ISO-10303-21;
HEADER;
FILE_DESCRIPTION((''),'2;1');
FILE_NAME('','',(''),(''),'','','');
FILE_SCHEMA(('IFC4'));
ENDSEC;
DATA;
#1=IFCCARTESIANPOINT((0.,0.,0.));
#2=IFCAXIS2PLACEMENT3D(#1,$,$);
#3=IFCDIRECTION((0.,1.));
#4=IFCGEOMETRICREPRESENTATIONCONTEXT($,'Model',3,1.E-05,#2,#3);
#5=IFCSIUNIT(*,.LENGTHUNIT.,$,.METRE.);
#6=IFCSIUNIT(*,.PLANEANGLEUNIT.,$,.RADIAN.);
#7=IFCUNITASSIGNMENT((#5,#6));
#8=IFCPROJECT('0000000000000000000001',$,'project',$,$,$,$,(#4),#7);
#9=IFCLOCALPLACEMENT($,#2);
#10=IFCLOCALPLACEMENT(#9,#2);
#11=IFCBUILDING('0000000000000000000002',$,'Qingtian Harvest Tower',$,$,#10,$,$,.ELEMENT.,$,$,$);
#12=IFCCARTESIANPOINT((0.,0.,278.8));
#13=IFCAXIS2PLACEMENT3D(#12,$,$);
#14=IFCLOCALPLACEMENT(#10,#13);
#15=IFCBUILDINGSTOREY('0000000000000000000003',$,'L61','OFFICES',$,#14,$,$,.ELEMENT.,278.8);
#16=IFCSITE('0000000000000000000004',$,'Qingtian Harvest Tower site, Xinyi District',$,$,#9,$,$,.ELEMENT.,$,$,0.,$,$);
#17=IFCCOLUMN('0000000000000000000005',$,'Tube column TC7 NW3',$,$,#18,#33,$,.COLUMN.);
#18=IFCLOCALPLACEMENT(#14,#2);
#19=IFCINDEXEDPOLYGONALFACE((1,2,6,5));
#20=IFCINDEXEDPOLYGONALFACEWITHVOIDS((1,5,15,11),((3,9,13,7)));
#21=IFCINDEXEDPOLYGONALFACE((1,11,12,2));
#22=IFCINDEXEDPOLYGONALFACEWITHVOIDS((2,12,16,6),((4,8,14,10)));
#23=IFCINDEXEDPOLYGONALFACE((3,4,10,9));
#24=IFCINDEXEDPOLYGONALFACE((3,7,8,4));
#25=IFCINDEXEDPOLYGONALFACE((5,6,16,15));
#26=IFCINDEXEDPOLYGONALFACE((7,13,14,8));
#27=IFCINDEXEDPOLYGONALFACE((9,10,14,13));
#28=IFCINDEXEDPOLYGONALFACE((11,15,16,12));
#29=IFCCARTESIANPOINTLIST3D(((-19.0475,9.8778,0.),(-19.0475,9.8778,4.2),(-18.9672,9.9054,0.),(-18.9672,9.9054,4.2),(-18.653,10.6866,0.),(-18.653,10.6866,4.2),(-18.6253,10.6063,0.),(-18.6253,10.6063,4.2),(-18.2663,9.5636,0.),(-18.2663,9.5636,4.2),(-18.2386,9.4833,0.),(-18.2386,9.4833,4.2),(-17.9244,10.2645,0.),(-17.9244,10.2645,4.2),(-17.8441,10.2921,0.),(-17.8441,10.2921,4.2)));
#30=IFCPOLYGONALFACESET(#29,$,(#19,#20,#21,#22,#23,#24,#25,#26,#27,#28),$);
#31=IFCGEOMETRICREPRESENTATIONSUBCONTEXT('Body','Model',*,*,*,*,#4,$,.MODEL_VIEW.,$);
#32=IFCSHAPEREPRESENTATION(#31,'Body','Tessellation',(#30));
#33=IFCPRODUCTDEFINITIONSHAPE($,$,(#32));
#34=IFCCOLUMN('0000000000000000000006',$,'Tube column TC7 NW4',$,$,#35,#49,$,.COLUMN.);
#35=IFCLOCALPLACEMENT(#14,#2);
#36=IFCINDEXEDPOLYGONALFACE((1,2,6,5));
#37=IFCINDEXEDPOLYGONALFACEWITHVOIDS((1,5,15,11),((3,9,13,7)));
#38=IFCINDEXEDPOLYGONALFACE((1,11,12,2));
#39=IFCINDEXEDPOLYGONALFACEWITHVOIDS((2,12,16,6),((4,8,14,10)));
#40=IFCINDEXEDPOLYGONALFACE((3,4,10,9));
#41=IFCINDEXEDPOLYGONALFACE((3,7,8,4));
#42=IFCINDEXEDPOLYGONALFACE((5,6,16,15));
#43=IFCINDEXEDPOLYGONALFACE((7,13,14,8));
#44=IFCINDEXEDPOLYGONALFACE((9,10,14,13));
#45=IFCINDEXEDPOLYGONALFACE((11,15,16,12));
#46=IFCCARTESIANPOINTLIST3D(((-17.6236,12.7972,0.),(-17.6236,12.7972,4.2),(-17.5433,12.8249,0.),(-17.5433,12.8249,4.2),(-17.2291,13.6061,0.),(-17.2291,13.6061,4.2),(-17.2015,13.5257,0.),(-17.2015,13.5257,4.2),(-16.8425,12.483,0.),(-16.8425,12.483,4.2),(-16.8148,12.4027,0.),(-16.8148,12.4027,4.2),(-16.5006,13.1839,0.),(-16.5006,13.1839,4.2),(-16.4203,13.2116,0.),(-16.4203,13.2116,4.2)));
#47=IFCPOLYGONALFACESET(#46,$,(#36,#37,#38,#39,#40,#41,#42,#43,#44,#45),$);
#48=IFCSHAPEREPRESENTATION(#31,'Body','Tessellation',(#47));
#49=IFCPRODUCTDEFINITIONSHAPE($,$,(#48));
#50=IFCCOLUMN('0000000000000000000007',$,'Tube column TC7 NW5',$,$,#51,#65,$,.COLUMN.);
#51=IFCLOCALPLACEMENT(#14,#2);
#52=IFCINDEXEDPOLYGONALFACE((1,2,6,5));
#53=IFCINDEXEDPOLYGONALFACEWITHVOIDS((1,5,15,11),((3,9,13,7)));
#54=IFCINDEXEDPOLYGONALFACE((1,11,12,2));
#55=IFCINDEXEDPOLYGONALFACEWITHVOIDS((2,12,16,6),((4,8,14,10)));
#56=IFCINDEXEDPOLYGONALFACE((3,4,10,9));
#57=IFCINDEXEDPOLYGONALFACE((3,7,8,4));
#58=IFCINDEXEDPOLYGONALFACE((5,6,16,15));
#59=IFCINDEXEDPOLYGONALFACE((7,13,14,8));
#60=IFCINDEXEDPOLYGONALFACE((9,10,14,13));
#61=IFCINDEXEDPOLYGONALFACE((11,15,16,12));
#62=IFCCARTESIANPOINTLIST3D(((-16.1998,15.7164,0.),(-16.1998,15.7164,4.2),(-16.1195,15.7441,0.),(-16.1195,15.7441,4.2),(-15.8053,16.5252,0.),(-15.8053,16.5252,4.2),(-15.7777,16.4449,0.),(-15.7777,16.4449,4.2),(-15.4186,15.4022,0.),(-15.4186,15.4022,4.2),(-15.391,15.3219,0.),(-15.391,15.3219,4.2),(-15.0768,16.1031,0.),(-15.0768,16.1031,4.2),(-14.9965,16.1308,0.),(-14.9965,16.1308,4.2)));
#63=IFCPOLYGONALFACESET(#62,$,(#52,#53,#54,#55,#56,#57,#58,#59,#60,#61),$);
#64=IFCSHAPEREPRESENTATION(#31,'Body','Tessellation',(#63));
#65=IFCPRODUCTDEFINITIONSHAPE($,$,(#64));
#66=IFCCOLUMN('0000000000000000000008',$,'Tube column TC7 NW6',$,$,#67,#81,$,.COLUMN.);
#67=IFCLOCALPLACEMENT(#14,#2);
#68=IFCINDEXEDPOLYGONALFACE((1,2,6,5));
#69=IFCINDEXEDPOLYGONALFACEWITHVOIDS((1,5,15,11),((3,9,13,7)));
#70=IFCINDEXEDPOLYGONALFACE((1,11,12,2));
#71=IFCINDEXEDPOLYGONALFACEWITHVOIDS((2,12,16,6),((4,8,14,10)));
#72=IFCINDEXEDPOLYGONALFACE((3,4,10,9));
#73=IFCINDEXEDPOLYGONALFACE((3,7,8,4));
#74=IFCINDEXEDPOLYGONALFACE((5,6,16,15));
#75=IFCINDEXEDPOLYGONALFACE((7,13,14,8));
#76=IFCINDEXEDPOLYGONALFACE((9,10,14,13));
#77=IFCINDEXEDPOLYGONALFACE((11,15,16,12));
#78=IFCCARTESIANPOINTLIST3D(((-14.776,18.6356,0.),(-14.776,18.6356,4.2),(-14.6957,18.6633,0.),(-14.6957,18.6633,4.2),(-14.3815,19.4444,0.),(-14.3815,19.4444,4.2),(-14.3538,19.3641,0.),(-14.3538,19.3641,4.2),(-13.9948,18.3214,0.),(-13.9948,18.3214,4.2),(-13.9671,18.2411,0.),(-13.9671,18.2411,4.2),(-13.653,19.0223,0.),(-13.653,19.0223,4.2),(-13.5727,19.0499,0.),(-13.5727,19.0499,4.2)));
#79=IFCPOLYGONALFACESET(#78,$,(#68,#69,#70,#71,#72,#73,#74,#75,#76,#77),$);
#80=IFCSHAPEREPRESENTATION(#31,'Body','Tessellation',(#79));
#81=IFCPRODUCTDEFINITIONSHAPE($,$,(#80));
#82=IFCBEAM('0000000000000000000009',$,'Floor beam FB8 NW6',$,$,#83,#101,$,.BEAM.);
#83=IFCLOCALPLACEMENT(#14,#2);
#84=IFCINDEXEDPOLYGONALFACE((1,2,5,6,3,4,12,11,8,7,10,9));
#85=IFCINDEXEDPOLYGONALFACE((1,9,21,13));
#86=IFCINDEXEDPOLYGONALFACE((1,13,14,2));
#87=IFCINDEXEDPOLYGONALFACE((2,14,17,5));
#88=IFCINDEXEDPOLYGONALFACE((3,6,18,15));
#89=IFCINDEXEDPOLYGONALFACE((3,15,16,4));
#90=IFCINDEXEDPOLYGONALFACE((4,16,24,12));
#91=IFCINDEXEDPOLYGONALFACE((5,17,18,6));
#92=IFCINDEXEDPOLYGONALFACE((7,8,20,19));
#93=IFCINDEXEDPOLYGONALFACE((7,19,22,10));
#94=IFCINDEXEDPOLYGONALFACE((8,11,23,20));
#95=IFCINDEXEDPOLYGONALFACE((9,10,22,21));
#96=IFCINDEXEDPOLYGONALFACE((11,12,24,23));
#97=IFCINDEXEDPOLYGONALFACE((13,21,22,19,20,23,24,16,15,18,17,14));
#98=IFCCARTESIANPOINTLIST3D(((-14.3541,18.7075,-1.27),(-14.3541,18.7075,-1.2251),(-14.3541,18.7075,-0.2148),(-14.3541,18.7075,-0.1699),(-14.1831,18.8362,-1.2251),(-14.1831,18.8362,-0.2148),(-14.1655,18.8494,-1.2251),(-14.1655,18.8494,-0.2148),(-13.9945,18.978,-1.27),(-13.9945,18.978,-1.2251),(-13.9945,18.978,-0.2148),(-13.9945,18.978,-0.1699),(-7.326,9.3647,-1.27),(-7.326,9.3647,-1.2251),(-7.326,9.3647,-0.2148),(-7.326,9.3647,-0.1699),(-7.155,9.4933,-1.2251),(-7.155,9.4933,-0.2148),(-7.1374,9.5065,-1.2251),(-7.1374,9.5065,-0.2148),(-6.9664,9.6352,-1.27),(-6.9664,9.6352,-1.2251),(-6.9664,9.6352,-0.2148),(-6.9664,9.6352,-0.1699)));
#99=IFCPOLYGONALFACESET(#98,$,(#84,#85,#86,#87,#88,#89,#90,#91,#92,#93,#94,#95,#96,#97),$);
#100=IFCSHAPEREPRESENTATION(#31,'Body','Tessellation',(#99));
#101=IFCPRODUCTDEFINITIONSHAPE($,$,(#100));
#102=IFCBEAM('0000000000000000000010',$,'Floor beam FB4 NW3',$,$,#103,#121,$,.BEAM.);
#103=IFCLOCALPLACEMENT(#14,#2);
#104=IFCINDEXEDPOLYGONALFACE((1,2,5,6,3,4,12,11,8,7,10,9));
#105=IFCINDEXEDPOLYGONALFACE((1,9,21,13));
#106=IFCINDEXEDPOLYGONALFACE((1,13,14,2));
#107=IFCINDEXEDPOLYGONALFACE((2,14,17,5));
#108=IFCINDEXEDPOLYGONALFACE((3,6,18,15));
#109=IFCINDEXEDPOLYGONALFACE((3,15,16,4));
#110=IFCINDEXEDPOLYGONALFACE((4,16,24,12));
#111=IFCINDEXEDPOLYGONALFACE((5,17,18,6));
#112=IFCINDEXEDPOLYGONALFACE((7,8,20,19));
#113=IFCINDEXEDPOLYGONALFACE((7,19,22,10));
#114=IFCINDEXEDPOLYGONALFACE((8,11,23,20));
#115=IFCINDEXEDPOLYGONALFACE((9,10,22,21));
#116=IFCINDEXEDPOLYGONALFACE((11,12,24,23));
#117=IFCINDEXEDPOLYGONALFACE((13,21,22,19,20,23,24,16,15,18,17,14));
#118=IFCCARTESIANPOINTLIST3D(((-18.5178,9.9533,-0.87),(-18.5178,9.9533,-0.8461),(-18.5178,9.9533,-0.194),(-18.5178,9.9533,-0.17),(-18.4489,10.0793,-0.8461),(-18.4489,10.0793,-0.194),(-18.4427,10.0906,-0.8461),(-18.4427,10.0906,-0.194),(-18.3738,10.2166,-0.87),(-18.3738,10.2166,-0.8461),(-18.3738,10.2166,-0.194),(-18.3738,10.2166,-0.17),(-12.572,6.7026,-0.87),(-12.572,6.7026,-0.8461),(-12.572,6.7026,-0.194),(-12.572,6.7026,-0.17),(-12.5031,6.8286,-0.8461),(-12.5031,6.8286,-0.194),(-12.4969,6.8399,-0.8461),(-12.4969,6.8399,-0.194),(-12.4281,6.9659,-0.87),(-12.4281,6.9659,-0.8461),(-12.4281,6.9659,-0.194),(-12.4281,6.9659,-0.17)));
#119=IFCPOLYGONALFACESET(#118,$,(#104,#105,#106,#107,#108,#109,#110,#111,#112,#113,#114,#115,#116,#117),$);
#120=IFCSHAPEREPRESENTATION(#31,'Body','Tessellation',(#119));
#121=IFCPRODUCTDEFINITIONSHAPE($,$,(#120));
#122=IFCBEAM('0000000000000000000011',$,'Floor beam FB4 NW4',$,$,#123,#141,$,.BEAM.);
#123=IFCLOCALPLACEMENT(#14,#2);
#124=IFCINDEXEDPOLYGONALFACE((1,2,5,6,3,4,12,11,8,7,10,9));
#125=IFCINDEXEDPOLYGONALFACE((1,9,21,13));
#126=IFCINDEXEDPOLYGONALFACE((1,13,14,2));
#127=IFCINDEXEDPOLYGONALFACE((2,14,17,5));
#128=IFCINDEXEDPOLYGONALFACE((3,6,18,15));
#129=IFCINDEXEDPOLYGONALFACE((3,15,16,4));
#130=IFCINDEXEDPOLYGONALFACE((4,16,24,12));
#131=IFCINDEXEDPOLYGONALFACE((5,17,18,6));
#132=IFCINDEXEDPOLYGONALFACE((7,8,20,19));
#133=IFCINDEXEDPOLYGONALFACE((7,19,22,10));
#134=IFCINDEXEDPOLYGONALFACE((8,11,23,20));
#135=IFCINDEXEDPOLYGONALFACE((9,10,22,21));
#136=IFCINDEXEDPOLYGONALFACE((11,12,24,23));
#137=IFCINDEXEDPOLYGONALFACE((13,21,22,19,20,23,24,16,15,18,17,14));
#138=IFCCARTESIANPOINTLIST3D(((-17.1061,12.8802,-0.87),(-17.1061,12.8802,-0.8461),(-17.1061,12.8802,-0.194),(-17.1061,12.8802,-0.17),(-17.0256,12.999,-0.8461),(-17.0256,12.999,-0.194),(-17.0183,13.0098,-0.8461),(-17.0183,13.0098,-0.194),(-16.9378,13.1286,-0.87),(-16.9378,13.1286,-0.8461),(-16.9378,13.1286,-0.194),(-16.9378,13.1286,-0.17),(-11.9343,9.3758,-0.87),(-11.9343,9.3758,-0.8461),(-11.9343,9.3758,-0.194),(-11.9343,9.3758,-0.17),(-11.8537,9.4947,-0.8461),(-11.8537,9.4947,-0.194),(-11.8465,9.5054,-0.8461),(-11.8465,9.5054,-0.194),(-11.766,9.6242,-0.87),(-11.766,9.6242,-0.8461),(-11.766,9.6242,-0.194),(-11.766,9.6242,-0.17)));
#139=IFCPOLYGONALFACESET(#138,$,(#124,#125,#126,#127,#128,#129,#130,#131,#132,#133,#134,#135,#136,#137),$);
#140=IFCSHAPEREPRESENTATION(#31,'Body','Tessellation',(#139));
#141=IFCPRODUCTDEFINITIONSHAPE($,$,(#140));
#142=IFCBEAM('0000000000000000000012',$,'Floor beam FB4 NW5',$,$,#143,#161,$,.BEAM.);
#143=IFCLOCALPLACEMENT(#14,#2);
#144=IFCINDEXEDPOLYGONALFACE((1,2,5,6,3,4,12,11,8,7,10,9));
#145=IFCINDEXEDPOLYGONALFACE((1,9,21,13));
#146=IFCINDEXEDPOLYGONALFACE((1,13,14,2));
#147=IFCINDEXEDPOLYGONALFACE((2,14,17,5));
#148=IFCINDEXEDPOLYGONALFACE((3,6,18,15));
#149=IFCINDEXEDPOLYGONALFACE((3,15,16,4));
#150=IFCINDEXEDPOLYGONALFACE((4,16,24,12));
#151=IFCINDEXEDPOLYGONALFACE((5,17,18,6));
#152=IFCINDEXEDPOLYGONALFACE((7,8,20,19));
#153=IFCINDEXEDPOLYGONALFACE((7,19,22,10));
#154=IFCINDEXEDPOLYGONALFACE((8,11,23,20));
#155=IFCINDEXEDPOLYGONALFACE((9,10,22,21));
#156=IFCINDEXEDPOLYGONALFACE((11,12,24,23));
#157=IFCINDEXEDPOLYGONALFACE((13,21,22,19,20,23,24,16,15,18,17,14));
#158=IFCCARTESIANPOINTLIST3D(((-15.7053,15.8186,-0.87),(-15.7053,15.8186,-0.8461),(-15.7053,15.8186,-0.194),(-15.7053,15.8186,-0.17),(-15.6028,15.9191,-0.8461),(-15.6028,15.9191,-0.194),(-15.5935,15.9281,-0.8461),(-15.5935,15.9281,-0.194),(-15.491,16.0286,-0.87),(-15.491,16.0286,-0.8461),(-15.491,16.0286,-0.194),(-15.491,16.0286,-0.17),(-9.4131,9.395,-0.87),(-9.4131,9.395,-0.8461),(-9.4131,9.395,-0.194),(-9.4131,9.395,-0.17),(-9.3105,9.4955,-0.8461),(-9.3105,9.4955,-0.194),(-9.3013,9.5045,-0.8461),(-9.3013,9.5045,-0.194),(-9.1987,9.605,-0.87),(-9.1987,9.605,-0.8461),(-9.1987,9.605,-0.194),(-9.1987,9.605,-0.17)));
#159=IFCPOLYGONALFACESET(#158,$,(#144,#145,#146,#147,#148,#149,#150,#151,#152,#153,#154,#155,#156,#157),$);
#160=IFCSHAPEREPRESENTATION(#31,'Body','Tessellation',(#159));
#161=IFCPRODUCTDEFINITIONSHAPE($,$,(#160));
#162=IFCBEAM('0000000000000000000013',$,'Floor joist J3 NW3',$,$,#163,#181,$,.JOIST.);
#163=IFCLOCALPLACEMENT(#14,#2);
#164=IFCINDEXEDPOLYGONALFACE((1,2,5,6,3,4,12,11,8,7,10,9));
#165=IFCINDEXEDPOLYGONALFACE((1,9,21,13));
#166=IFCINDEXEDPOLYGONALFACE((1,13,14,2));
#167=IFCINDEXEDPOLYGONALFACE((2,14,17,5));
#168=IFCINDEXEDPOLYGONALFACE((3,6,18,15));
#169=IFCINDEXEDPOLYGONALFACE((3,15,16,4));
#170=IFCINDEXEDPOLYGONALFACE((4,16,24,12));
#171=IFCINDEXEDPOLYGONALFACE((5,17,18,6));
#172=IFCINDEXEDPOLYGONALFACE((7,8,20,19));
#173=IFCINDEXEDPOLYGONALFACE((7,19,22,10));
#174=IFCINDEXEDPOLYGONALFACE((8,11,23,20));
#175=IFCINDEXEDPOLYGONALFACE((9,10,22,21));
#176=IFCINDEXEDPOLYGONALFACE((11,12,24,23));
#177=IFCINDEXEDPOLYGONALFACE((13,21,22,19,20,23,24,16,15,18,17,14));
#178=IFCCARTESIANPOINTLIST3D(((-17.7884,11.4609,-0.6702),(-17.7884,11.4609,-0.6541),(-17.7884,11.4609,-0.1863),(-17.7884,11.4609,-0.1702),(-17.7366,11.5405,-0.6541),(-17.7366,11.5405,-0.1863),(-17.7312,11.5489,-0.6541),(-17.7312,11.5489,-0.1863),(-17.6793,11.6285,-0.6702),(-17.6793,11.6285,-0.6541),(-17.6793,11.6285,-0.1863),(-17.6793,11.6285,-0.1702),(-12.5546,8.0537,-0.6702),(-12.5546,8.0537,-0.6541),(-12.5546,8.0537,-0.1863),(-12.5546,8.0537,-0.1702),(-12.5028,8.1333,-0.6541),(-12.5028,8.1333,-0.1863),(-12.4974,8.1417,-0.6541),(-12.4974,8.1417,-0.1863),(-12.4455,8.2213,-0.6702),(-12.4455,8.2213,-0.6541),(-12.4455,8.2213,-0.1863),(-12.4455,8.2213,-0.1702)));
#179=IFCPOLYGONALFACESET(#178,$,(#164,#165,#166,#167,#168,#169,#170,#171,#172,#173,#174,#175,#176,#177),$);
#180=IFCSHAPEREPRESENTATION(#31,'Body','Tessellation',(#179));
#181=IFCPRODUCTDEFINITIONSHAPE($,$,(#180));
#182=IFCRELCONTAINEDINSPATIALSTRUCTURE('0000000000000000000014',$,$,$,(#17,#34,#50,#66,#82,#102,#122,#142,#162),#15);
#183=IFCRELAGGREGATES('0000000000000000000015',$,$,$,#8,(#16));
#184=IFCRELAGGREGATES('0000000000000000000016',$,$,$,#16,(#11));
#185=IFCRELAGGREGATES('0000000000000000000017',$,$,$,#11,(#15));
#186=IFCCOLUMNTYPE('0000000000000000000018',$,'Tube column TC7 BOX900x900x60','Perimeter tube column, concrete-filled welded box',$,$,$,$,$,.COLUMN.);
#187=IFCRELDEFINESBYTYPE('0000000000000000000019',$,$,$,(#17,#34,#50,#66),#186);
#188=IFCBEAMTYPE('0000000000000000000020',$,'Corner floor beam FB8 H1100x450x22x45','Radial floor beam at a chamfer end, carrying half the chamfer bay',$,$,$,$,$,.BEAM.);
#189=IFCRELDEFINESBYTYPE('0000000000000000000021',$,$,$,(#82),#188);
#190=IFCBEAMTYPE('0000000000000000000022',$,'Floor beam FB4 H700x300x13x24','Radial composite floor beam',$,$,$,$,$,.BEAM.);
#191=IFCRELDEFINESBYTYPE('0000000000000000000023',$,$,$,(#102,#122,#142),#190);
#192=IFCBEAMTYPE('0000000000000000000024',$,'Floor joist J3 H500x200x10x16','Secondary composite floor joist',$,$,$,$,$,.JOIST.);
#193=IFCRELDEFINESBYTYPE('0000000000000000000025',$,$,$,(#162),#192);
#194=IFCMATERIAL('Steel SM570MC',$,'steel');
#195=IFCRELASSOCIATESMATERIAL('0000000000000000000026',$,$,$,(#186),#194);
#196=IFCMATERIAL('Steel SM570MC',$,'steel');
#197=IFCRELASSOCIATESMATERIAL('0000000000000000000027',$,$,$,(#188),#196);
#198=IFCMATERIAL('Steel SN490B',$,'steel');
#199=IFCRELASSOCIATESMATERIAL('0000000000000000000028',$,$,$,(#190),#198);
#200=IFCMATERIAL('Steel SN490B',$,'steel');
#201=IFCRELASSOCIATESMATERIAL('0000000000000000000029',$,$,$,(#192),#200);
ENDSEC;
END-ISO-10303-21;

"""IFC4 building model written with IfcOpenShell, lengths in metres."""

from ifc_helpers import new_model, si_unit, direction, frame, origin, origin_2d, place, context, subcontext, project, spatial, hollow_rectangle, i_section, extrude, material, material_profile, profile_set, type_object, element, save


model = new_model("IFC4")

# Units and contexts
model_context = context("Model", 3, precision=1e-05, world=origin(), true_north=direction((0.0, 1.0)))
body_context = subcontext(model_context, "Body", "Model", "MODEL_VIEW")
ifc_project = project(units=[si_unit("LENGTHUNIT", "METRE"), si_unit("PLANEANGLEUNIT", "RADIAN")], contexts=[model_context])

# Site, building, storey
site_placement = place(None, origin())
site = spatial("IfcSite", under=ifc_project, at=site_placement, Name="Qingtian Harvest Tower site, Xinyi District", CompositionType="ELEMENT", RefElevation=0.0)
building_placement = place(site_placement, origin())
building = spatial("IfcBuilding", under=site, at=building_placement, Name="Qingtian Harvest Tower", CompositionType="ELEMENT")
storey_placement = place(building_placement, frame((0.0, 0.0, 278.8)))
storey = spatial("IfcBuildingStorey", under=building, at=storey_placement, Name="L61", Description="OFFICES", CompositionType="ELEMENT", Elevation=278.8)

# Columns
ifc_material_1 = material(Name="Steel SM570MC", Category="steel")
ifc_material_profile_1 = material_profile(ifc_material_1, hollow_rectangle(XDim=0.8999, YDim=0.8999, WallThickness=0.0601, at=origin_2d()), Name="BOX900x900x60")
ifc_profile_set_1 = profile_set([ifc_material_profile_1], Name="Steel SM570MC")
column_type = type_object("IfcColumnType", Name="Tube column TC7 BOX900x900x60", Description="Perimeter tube column, concrete-filled welded box", PredefinedType="COLUMN", material=ifc_profile_set_1)
for number, where, z_axis, x_axis, name in (
    (1, (-18.4458, 10.085, 0.0), (0.0, 0.0, 1.0), (-0.438371, -0.898794, 0.0), "Tube column TC7 NW3"),
    (2, (-17.022, 13.0044, 0.0), (0.0, 0.0, 1.0), (-0.438371, -0.898794, 0.0), "Tube column TC7 NW4"),
    (3, (-15.5981, 15.9236, 0.0), (0.0, 0.0, 1.0), (-0.438371, -0.898794, 0.0), "Tube column TC7 NW5"),
    (4, (-14.1743, 18.8428, 0.0), (0.0, 0.0, 1.0), (-0.438371, -0.898794, 0.0), "Tube column TC7 NW6"),
):
    element("IfcColumn", number, at=place(storey_placement, frame(where, z_axis=z_axis, x_axis=x_axis)), inside=storey, type_object=column_type, Name=name, PredefinedType="COLUMN", context=body_context, shape_type="SweptSolid", body=[
        extrude(hollow_rectangle(XDim=0.8999, YDim=0.8999, WallThickness=0.0601, at=origin_2d()), origin(), (0.0, 0.0, 1.0), 4.2),
    ])

# Beams
ifc_material_2 = material(Name="Steel SM570MC", Category="steel")
ifc_material_profile_2 = material_profile(ifc_material_2, i_section(OverallWidth=0.45, OverallDepth=1.1001, WebThickness=0.022, FlangeThickness=0.0449, at=origin_2d()), Name="H1100x450x22x45")
ifc_profile_set_2 = profile_set([ifc_material_profile_2], Name="Steel SM570MC")
beam_type_1 = type_object("IfcBeamType", Name="Corner floor beam FB8 H1100x450x22x45", Description="Radial floor beam at a chamfer end, carrying half the chamfer bay", PredefinedType="BEAM", material=ifc_profile_set_2)
beam_1_placement = place(storey_placement, frame((-14.1743, 18.8428, -0.72), z_axis=(0.601149, -0.799137, 0.0), x_axis=(0.799137, 0.601149, 0.0)))
element("IfcBeam", 5, at=beam_1_placement, inside=storey, type_object=beam_type_1, Name="Floor beam FB8 NW6", PredefinedType="BEAM", context=body_context, shape_type="SweptSolid", body=[
    extrude(i_section(OverallWidth=0.45, OverallDepth=1.1001, WebThickness=0.022, FlangeThickness=0.0449, at=origin_2d()), origin(), (0.0, 0.0, 1.0), 11.6912),
])
ifc_material_3 = material(Name="Steel SN490B", Category="steel")
ifc_material_profile_3 = material_profile(ifc_material_3, i_section(OverallWidth=0.3, OverallDepth=0.7, WebThickness=0.0129, FlangeThickness=0.0239, at=origin_2d()), Name="H700x300x13x24")
ifc_profile_set_3 = profile_set([ifc_material_profile_3], Name="Steel SN490B")
beam_type_2 = type_object("IfcBeamType", Name="Floor beam FB4 H700x300x13x24", Description="Radial composite floor beam", PredefinedType="BEAM", material=ifc_profile_set_3)
beam_2_placement = place(storey_placement, frame((-18.4458, 10.085, -0.52), z_axis=(0.877426, -0.479713, 0.0), x_axis=(0.479713, 0.877426, 0.0)))
element("IfcBeam", 6, at=beam_2_placement, inside=storey, type_object=beam_type_2, Name="Floor beam FB4 NW3", PredefinedType="BEAM", context=body_context, shape_type="SweptSolid", body=[
    extrude(i_section(OverallWidth=0.3, OverallDepth=0.7, WebThickness=0.0129, FlangeThickness=0.0239, at=origin_2d()), origin(), (0.0, 0.0, 1.0), 6.7764),
])
beam_3_placement = place(storey_placement, frame((-17.022, 13.0044, -0.52), z_axis=(0.827854, -0.560943, 0.0), x_axis=(0.560943, 0.827854, 0.0)))
element("IfcBeam", 7, at=beam_3_placement, inside=storey, type_object=beam_type_2, Name="Floor beam FB4 NW4", PredefinedType="BEAM", context=body_context, shape_type="SweptSolid", body=[
    extrude(i_section(OverallWidth=0.3, OverallDepth=0.7, WebThickness=0.0129, FlangeThickness=0.0239, at=origin_2d()), origin(), (0.0, 0.0, 1.0), 6.2473),
])
beam_4_placement = place(storey_placement, frame((-15.5981, 15.9236, -0.52), z_axis=(0.699765, -0.714373, 0.0), x_axis=(0.714373, 0.699765, 0.0)))
element("IfcBeam", 8, at=beam_4_placement, inside=storey, type_object=beam_type_2, Name="Floor beam FB4 NW5", PredefinedType="BEAM", context=body_context, shape_type="SweptSolid", body=[
    extrude(i_section(OverallWidth=0.3, OverallDepth=0.7, WebThickness=0.0129, FlangeThickness=0.0239, at=origin_2d()), origin(), (0.0, 0.0, 1.0), 8.9919),
])
ifc_material_4 = material(Name="Steel SN490B", Category="steel")
ifc_material_profile_4 = material_profile(ifc_material_4, i_section(OverallWidth=0.2, OverallDepth=0.5, WebThickness=0.01, FlangeThickness=0.0161, at=origin_2d()), Name="H500x200x10x16")
ifc_profile_set_4 = profile_set([ifc_material_profile_4], Name="Steel SN490B")
beam_type_3 = type_object("IfcBeamType", Name="Floor joist J3 H500x200x10x16", Description="Secondary composite floor joist", PredefinedType="JOIST", material=ifc_profile_set_4)
beam_5_placement = place(storey_placement, frame((-17.7339, 11.5447, -0.4202), z_axis=(0.838063, -0.545574, 0.0), x_axis=(0.545574, 0.838063, 0.0)))
element("IfcBeam", 9, at=beam_5_placement, inside=storey, type_object=beam_type_3, Name="Floor joist J3 NW3", PredefinedType="JOIST", context=body_context, shape_type="SweptSolid", body=[
    extrude(i_section(OverallWidth=0.2, OverallDepth=0.5, WebThickness=0.01, FlangeThickness=0.0161, at=origin_2d()), origin(), (0.0, 0.0, 1.0), 6.2451),
])

save(model, "model.ifc")
